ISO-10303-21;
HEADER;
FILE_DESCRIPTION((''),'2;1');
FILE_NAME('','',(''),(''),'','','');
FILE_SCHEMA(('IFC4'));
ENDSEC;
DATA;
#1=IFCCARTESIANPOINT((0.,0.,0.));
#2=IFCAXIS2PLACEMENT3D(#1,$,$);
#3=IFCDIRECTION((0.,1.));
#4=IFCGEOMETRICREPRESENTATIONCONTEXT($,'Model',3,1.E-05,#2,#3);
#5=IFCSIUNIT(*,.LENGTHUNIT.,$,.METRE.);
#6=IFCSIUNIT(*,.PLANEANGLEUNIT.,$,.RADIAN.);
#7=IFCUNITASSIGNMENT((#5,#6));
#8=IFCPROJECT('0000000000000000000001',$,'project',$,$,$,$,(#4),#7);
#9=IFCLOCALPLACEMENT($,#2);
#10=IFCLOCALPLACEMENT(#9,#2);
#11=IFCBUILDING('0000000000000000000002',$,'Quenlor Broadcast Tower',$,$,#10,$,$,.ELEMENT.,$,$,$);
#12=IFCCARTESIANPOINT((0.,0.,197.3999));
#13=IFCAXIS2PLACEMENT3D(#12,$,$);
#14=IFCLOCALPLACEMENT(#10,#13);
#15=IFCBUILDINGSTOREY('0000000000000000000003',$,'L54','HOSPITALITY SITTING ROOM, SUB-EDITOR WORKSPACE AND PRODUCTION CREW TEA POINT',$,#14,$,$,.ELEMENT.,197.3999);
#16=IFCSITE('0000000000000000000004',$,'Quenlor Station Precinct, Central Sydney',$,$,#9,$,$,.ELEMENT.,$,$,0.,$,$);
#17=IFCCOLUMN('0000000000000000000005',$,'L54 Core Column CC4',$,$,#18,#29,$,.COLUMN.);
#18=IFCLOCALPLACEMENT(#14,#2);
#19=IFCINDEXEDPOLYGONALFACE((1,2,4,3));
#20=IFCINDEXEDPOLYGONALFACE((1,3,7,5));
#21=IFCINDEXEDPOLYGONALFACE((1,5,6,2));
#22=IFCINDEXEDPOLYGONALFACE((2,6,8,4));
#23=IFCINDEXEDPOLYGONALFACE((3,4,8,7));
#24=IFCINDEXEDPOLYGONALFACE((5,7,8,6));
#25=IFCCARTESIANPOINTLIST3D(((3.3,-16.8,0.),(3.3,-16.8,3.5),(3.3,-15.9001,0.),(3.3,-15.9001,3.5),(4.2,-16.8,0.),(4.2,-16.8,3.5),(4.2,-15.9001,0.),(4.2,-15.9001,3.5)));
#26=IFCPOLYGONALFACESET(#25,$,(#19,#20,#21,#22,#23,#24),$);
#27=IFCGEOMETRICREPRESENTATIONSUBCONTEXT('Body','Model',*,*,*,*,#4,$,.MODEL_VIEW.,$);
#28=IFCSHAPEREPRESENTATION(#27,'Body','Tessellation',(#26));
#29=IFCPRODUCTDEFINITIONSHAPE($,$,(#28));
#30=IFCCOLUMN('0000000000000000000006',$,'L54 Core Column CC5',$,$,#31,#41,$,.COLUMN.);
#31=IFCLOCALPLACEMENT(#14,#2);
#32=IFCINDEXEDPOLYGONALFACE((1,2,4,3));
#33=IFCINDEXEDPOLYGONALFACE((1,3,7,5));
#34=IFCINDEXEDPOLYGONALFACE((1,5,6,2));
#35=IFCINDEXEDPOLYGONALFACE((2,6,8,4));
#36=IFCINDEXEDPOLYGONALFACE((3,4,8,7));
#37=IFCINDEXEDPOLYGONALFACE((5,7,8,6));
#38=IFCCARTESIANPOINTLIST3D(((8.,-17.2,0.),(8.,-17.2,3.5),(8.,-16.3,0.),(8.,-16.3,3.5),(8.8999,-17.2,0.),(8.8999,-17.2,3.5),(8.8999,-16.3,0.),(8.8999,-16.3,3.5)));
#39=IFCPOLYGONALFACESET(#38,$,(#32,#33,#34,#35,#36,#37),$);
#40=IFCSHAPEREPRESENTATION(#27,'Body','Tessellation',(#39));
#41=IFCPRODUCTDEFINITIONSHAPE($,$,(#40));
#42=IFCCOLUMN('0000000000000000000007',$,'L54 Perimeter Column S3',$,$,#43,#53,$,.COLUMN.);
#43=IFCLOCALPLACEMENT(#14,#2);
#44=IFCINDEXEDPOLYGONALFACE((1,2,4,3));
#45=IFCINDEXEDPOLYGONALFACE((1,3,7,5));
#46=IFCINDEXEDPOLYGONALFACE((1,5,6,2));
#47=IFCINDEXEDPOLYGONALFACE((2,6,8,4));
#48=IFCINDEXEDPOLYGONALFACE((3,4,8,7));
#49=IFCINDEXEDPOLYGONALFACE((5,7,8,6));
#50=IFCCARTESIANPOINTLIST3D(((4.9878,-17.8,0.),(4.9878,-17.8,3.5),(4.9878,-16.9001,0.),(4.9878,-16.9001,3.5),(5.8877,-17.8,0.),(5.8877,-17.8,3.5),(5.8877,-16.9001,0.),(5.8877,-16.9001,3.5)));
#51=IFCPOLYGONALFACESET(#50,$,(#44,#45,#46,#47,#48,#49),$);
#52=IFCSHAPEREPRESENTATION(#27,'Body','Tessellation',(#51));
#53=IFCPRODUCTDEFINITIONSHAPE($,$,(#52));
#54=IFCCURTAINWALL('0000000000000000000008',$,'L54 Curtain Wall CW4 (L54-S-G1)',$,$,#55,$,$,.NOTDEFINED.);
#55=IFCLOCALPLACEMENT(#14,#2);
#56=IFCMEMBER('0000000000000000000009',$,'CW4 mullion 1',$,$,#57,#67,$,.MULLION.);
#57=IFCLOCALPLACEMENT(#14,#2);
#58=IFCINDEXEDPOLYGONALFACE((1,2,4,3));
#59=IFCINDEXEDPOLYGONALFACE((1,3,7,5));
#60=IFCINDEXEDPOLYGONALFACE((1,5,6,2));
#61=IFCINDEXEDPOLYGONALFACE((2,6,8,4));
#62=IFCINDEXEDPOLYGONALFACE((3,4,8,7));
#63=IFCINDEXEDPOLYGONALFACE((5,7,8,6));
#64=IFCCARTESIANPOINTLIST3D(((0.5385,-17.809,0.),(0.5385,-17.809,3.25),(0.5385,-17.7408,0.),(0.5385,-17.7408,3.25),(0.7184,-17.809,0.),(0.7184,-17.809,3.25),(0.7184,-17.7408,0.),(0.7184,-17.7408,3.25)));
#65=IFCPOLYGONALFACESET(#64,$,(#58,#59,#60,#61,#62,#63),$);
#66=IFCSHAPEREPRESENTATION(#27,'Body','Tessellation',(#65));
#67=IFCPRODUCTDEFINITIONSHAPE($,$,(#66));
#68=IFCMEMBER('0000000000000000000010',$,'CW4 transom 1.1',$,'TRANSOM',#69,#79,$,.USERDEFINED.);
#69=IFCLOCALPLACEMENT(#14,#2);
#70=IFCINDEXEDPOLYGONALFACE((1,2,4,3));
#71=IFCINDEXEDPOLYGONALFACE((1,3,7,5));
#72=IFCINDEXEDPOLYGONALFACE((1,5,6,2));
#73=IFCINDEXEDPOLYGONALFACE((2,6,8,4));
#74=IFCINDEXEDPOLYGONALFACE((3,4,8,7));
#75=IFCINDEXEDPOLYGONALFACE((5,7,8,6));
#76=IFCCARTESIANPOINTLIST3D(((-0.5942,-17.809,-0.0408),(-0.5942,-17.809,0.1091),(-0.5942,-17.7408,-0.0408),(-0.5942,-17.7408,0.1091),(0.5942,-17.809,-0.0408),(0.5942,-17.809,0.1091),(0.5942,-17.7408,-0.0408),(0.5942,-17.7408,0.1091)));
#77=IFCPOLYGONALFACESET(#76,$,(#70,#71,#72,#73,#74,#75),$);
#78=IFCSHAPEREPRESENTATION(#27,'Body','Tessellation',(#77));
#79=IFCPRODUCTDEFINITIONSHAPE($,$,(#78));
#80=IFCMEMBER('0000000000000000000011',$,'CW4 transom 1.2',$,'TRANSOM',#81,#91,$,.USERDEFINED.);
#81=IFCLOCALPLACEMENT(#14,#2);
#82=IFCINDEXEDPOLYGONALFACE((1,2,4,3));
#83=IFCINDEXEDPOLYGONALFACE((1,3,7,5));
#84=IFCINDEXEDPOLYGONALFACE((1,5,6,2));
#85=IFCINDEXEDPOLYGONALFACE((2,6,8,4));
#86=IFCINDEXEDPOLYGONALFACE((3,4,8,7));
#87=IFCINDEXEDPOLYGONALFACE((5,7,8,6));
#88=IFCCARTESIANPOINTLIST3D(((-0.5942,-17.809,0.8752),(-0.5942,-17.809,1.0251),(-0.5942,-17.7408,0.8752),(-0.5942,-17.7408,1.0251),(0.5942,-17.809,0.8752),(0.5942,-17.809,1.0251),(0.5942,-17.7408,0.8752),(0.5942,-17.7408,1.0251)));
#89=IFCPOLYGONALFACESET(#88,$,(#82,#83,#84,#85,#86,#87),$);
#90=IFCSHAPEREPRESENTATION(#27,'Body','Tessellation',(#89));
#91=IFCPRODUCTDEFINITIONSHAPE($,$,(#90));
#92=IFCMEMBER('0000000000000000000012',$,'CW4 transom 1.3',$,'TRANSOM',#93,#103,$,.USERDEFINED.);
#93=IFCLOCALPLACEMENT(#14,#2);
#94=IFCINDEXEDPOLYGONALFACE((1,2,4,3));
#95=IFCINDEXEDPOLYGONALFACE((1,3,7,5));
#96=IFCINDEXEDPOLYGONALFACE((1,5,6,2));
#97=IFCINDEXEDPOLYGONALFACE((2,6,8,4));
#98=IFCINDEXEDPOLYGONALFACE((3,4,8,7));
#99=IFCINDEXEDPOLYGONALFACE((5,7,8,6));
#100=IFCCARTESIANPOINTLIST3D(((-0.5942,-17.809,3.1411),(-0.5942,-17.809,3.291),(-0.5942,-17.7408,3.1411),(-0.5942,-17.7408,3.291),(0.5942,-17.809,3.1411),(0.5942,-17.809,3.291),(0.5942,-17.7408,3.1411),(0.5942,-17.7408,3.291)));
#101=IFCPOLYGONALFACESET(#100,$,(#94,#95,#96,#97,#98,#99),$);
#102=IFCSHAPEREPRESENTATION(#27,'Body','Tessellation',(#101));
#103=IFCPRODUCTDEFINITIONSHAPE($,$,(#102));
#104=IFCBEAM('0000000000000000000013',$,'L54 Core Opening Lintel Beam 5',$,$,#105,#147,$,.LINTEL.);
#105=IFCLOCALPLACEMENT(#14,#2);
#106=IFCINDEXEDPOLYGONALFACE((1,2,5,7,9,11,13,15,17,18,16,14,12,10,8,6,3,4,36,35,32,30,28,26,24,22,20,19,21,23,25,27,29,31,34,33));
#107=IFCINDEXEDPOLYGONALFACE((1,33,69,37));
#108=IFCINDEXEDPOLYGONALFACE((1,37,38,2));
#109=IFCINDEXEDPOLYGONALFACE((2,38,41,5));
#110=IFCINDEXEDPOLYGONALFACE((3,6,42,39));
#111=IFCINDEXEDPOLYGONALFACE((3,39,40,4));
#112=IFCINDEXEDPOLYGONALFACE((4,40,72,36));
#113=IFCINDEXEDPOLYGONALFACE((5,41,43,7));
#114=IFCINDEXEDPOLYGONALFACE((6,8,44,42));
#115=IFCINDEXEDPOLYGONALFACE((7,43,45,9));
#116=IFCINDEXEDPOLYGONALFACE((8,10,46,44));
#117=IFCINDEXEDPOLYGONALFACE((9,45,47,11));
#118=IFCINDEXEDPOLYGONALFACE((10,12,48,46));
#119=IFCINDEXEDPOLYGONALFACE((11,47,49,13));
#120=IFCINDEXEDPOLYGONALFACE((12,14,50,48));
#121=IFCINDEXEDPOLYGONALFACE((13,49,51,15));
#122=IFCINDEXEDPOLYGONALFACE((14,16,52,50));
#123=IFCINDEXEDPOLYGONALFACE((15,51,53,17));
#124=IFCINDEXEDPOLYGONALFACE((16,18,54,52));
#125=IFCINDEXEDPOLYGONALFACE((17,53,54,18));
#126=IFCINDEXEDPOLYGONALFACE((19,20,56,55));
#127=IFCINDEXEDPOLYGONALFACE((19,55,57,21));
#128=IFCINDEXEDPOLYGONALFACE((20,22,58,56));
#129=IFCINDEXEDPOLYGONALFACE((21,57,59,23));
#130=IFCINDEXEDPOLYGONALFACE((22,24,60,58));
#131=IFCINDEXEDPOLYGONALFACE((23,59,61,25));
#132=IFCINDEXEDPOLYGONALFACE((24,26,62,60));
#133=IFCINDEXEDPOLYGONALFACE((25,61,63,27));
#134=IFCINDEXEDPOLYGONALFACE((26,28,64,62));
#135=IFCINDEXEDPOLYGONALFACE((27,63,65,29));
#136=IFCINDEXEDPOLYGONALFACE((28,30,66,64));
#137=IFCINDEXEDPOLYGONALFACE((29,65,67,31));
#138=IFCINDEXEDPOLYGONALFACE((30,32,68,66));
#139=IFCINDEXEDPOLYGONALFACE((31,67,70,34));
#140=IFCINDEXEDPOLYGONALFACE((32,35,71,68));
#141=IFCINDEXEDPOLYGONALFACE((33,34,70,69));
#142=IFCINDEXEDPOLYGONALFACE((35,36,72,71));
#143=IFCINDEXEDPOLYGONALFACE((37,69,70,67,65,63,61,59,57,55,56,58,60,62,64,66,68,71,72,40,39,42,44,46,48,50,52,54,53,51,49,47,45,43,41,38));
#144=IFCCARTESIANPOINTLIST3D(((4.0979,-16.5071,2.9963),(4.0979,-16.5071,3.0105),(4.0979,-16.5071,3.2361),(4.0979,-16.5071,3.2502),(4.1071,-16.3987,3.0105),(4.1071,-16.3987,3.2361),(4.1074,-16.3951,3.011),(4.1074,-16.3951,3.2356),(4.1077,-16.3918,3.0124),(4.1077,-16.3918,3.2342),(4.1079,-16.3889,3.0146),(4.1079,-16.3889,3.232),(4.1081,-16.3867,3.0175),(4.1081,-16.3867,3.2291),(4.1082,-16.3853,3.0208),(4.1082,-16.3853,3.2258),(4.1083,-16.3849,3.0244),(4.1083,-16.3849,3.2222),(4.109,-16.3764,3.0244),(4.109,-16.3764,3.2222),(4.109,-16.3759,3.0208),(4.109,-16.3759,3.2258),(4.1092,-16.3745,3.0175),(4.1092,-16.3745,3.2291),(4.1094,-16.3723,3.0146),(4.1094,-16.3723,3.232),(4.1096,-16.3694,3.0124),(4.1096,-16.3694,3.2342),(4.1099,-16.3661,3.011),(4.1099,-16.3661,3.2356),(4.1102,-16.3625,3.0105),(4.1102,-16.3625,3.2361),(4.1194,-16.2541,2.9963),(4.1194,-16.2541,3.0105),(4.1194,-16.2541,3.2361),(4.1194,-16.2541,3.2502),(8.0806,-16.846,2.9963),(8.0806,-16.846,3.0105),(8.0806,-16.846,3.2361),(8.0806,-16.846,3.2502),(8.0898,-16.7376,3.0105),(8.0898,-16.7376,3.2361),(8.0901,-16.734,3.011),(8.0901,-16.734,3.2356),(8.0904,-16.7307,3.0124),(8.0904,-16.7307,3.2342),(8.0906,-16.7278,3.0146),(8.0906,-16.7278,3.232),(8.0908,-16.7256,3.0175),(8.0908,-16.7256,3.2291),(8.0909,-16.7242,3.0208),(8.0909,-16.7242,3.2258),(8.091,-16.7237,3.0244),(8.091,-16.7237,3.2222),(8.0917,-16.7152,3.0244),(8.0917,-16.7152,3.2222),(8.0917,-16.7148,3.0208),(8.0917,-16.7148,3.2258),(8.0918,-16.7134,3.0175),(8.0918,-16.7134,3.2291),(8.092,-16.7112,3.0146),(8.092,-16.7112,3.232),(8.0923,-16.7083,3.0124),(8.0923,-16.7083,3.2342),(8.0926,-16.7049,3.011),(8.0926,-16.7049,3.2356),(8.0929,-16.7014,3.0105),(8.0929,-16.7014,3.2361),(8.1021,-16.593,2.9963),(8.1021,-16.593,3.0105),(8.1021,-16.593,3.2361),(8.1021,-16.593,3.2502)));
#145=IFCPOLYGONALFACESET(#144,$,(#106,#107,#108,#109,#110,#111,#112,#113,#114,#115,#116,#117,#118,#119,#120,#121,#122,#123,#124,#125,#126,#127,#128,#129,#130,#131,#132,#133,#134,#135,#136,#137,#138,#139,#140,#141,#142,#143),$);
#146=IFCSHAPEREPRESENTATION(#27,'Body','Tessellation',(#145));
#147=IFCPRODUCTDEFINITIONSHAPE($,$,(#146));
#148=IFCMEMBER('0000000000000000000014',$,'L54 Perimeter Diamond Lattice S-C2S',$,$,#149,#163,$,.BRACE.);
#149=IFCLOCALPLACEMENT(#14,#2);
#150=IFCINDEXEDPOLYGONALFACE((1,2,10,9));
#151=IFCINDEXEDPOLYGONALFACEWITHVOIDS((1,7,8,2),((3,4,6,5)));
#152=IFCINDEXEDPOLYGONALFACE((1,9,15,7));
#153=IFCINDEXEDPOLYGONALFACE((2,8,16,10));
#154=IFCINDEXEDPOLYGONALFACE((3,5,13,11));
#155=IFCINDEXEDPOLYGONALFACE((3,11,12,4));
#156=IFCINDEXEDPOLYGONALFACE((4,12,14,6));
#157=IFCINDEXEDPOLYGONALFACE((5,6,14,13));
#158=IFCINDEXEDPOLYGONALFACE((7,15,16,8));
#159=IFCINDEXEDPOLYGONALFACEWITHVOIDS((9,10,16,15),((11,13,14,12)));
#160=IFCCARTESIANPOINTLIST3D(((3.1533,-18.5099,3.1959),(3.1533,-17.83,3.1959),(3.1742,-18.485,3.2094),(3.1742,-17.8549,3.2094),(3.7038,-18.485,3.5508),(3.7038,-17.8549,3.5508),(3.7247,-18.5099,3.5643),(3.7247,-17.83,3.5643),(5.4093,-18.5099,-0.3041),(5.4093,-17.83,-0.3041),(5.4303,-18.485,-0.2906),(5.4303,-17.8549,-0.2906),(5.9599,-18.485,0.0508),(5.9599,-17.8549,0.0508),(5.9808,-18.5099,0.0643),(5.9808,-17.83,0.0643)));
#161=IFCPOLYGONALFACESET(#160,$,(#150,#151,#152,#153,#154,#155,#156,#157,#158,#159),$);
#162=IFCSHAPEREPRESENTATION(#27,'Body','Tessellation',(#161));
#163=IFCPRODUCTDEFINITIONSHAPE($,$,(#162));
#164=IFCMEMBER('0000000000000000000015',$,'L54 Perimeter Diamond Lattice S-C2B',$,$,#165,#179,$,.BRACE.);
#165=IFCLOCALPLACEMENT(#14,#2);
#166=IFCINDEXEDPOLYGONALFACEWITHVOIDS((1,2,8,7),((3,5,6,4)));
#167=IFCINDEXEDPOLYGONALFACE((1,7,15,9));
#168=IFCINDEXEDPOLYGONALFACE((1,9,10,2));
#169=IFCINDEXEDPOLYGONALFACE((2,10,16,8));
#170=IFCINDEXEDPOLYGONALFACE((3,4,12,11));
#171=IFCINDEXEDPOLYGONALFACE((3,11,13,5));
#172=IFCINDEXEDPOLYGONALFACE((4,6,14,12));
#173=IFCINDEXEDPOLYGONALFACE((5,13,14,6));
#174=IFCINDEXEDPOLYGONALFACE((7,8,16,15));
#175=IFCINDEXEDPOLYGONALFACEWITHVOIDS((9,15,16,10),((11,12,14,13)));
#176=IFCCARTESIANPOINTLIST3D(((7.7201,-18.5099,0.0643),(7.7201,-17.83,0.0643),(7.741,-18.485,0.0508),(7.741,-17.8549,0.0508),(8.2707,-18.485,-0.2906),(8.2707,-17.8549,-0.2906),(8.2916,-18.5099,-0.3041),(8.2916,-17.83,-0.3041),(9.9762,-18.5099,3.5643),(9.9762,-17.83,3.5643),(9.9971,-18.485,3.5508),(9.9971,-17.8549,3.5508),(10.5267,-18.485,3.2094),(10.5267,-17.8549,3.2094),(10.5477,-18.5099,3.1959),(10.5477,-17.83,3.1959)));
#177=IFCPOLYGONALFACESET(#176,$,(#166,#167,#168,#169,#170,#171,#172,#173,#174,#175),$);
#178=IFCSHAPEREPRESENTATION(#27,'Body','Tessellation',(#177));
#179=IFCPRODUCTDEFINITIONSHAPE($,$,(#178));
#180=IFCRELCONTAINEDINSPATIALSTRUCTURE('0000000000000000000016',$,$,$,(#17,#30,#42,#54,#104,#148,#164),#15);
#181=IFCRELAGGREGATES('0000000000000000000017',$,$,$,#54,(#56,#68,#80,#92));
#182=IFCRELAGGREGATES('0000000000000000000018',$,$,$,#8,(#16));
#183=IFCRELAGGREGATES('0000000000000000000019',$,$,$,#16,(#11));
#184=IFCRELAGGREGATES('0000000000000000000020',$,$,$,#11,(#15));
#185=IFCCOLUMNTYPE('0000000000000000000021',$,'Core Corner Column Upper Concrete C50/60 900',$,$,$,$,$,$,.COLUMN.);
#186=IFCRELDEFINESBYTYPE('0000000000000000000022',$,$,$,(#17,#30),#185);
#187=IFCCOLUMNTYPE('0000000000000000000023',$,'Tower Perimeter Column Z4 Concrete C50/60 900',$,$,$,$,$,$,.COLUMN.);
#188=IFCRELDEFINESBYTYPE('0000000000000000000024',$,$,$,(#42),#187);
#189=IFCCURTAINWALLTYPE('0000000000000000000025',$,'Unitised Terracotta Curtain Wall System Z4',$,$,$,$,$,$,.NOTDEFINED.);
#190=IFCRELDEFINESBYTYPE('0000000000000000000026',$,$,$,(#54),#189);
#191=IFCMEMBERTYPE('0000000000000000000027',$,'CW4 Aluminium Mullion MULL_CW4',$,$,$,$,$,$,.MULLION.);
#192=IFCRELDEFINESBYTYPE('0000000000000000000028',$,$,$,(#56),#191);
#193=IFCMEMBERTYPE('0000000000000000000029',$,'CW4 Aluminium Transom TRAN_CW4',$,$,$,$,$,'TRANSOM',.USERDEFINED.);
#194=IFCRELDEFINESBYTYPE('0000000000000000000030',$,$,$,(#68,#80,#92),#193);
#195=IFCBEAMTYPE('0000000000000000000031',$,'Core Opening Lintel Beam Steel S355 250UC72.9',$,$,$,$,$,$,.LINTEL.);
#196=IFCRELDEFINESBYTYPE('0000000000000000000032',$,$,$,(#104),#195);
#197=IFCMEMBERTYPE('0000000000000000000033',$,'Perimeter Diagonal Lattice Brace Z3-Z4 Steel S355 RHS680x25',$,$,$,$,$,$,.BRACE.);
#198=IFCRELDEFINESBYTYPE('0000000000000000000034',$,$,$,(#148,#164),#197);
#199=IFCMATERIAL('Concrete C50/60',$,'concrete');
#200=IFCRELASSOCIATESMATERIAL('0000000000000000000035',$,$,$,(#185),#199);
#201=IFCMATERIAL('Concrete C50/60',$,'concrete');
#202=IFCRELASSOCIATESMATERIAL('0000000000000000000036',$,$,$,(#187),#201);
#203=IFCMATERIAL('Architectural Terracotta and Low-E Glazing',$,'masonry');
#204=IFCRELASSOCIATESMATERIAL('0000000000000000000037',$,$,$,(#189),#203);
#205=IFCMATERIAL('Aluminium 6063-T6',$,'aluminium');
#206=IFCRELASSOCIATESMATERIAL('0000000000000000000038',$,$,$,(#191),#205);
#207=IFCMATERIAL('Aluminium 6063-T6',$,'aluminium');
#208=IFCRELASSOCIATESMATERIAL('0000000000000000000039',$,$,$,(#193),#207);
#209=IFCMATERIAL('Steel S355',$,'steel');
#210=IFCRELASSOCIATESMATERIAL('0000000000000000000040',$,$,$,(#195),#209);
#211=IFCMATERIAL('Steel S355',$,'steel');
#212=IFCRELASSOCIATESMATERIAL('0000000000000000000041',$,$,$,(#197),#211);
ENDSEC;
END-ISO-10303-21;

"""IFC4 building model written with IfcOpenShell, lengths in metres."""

from ifc_helpers import new_model, si_unit, direction, frame, origin, origin_2d, place, context, subcontext, project, spatial, rectangle, hollow_rectangle, i_section, extrude, material, material_profile, profile_set, type_object, element, aggregate, save


model = new_model("IFC4")

# Units and contexts
model_context = context("Model", 3, precision=1e-05, world=origin(), true_north=direction((0.0, 1.0)))
body_context = subcontext(model_context, "Body", "Model", "MODEL_VIEW")
ifc_project = project(units=[si_unit("LENGTHUNIT", "METRE"), si_unit("PLANEANGLEUNIT", "RADIAN")], contexts=[model_context])

# Site, building, storey
site_placement = place(None, origin())
site = spatial("IfcSite", under=ifc_project, at=site_placement, Name="Quenlor Station Precinct, Central Sydney", CompositionType="ELEMENT", RefElevation=0.0)
building_placement = place(site_placement, origin())
building = spatial("IfcBuilding", under=site, at=building_placement, Name="Quenlor Broadcast Tower", CompositionType="ELEMENT")
storey_placement = place(building_placement, frame((0.0, 0.0, 197.3999)))
storey = spatial("IfcBuildingStorey", under=building, at=storey_placement, Name="L54", Description="HOSPITALITY SITTING ROOM, SUB-EDITOR WORKSPACE AND PRODUCTION CREW TEA POINT", CompositionType="ELEMENT", Elevation=197.3999)

# Columns
ifc_material_1 = material(Name="Concrete C50/60", Category="concrete")
ifc_material_profile_1 = material_profile(ifc_material_1, rectangle(XDim=0.8999, YDim=0.8999, at=origin_2d()))
ifc_profile_set_1 = profile_set([ifc_material_profile_1], Name="Concrete C50/60 RC900x900")
column_type_1 = type_object("IfcColumnType", Name="Core Corner Column Upper Concrete C50/60 900", PredefinedType="COLUMN", material=ifc_profile_set_1)
for number, where, z_axis, x_axis, name in (
    (1, (3.75, -16.3501, 0.0), (0.0, 0.0, 1.0), (1.0, 0.0, 0.0), "L54 Core Column CC4"),
    (2, (8.45, -16.75, 0.0), (0.0, 0.0, 1.0), (1.0, 0.0, 0.0), "L54 Core Column CC5"),
):
    element("IfcColumn", number, at=place(storey_placement, frame(where, z_axis=z_axis, x_axis=x_axis)), inside=storey, type_object=column_type_1, Name=name, PredefinedType="COLUMN", context=body_context, shape_type="SweptSolid", body=[
        extrude(rectangle(XDim=0.8999, YDim=0.8999, at=origin_2d()), origin(), (0.0, 0.0, 1.0), 3.5),
    ])
ifc_material_2 = material(Name="Concrete C50/60", Category="concrete")
ifc_material_profile_2 = material_profile(ifc_material_2, rectangle(XDim=0.8999, YDim=0.8999, at=origin_2d()))
ifc_profile_set_2 = profile_set([ifc_material_profile_2], Name="Concrete C50/60 RC900x900")
column_type_2 = type_object("IfcColumnType", Name="Tower Perimeter Column Z4 Concrete C50/60 900", PredefinedType="COLUMN", material=ifc_profile_set_2)
column_placement = place(storey_placement, frame((5.4377, -17.3501, 0.0), z_axis=(0.0, 0.0, 1.0), x_axis=(0.0, 1.0, 0.0)))
element("IfcColumn", 3, at=column_placement, inside=storey, type_object=column_type_2, Name="L54 Perimeter Column S3", PredefinedType="COLUMN", context=body_context, shape_type="SweptSolid", body=[
    extrude(rectangle(XDim=0.8999, YDim=0.8999, at=origin_2d()), origin(), (0.0, 0.0, 1.0), 3.5),
])

# Curtain wall, members
ifc_material_3 = material(Name="Architectural Terracotta and Low-E Glazing", Category="masonry")
curtain_wall_type = type_object("IfcCurtainWallType", Name="Unitised Terracotta Curtain Wall System Z4", PredefinedType="NOTDEFINED", material=ifc_material_3)
curtain_wall_placement = place(storey_placement, origin())
curtain_wall = element("IfcCurtainWall", 4, at=curtain_wall_placement, inside=storey, type_object=curtain_wall_type, Name="L54 Curtain Wall CW4 (L54-S-G1)", PredefinedType="NOTDEFINED")
ifc_material_4 = material(Name="Aluminium 6063-T6", Category="aluminium")
ifc_material_profile_3 = material_profile(ifc_material_4, rectangle(XDim=0.0681, YDim=0.1799, at=origin_2d()))
ifc_profile_set_3 = profile_set([ifc_material_profile_3], Name="Aluminium 6063-T6 MULL68x180")
member_type_1 = type_object("IfcMemberType", Name="CW4 Aluminium Mullion MULL_CW4", PredefinedType="MULLION", material=ifc_profile_set_3)
member_1_placement = place(storey_placement, frame((0.6284, -17.7749, 0.0), z_axis=(0.0, 0.0, 1.0), x_axis=(0.0, -1.0, 0.0)))
member_1 = element("IfcMember", 5, at=member_1_placement, type_object=member_type_1, Name="CW4 mullion 1", PredefinedType="MULLION", context=body_context, shape_type="SweptSolid", body=[
    extrude(rectangle(XDim=0.0681, YDim=0.1799, at=origin_2d()), origin(), (0.0, 0.0, 1.0), 3.25),
])
ifc_material_5 = material(Name="Aluminium 6063-T6", Category="aluminium")
ifc_material_profile_4 = material_profile(ifc_material_5, rectangle(XDim=0.0681, YDim=0.1499, at=origin_2d()))
ifc_profile_set_4 = profile_set([ifc_material_profile_4], Name="Aluminium 6063-T6 TRAN68x150")
member_type_2 = type_object("IfcMemberType", Name="CW4 Aluminium Transom TRAN_CW4", ElementType="TRANSOM", PredefinedType="USERDEFINED", material=ifc_profile_set_4)
member_2_placement = place(storey_placement, frame((0.5942, -17.7749, 0.0342), z_axis=(-1.0, 0.0, 0.0), x_axis=(0.0, -1.0, 0.0)))
member_2 = element("IfcMember", 6, at=member_2_placement, type_object=member_type_2, Name="CW4 transom 1.1", ObjectType="TRANSOM", PredefinedType="USERDEFINED", context=body_context, shape_type="SweptSolid", body=[
    extrude(rectangle(XDim=0.0681, YDim=0.1499, at=origin_2d()), origin(), (0.0, 0.0, 1.0), 1.1885),
])
member_3_placement = place(storey_placement, frame((0.5942, -17.7749, 0.9502), z_axis=(-1.0, 0.0, 0.0), x_axis=(0.0, -1.0, 0.0)))
member_3 = element("IfcMember", 7, at=member_3_placement, type_object=member_type_2, Name="CW4 transom 1.2", ObjectType="TRANSOM", PredefinedType="USERDEFINED", context=body_context, shape_type="SweptSolid", body=[
    extrude(rectangle(XDim=0.0681, YDim=0.1499, at=origin_2d()), origin(), (0.0, 0.0, 1.0), 1.1885),
])
member_4_placement = place(storey_placement, frame((0.5942, -17.7749, 3.2161), z_axis=(-1.0, 0.0, 0.0), x_axis=(0.0, -1.0, 0.0)))
member_4 = element("IfcMember", 8, at=member_4_placement, type_object=member_type_2, Name="CW4 transom 1.3", ObjectType="TRANSOM", PredefinedType="USERDEFINED", context=body_context, shape_type="SweptSolid", body=[
    extrude(rectangle(XDim=0.0681, YDim=0.1499, at=origin_2d()), origin(), (0.0, 0.0, 1.0), 1.1885),
])
aggregate(curtain_wall, [member_1, member_2, member_3, member_4])

# Beam
ifc_material_6 = material(Name="Steel S355", Category="steel")
ifc_material_profile_5 = material_profile(ifc_material_6, i_section(OverallWidth=0.2539, OverallDepth=0.2539, WebThickness=0.0085, FlangeThickness=0.0142, FilletRadius=0.0139, at=origin_2d()))
ifc_profile_set_5 = profile_set([ifc_material_profile_5], Name="Steel S355 250UC72.9")
beam_type_1 = type_object("IfcBeamType", Name="Core Opening Lintel Beam Steel S355 250UC72.9", PredefinedType="LINTEL", material=ifc_profile_set_5)
beam_1_placement = place(storey_placement, frame((4.1086, -16.3806, 3.1233), z_axis=(0.9964, -0.084779, 0.0), x_axis=(0.084779, 0.9964, 0.0)))
element("IfcBeam", 9, at=beam_1_placement, inside=storey, type_object=beam_type_1, Name="L54 Core Opening Lintel Beam 5", PredefinedType="LINTEL", context=body_context, shape_type="SweptSolid", body=[
    extrude(i_section(OverallWidth=0.2539, OverallDepth=0.2539, WebThickness=0.0085, FlangeThickness=0.0142, FilletRadius=0.0139, at=origin_2d()), origin(), (0.0, 0.0, 1.0), 3.9971),
])

# Members
ifc_material_7 = material(Name="Steel S355", Category="steel")
ifc_material_profile_6 = material_profile(ifc_material_7, hollow_rectangle(XDim=0.6799, YDim=0.6799, WallThickness=0.0249, at=origin_2d()))
ifc_profile_set_6 = profile_set([ifc_material_profile_6], Name="Steel S355 RHS680x680x25")
member_type_3 = type_object("IfcMemberType", Name="Perimeter Diagonal Lattice Brace Z3-Z4 Steel S355 RHS680x25", PredefinedType="BRACE", material=ifc_profile_set_6)
for number, where, z_axis, x_axis, name in (
    (10, (5.6951, -18.1699, -0.1199), (-0.541794, 0.0, 0.840511), (0.0, -1.0, 0.0), "L54 Perimeter Diamond Lattice S-C2S"),
    (11, (8.0059, -18.1699, -0.1199), (0.541794, 0.0, 0.840511), (0.0, 1.0, 0.0), "L54 Perimeter Diamond Lattice S-C2B"),
):
    element("IfcMember", number, at=place(storey_placement, frame(where, z_axis=z_axis, x_axis=x_axis)), inside=storey, type_object=member_type_3, Name=name, PredefinedType="BRACE", context=body_context, shape_type="SweptSolid", body=[
        extrude(hollow_rectangle(XDim=0.6799, YDim=0.6799, WallThickness=0.0249, at=origin_2d()), origin(), (0.0, 0.0, 1.0), 4.1641),
    ])

save(model, "model.ifc")
